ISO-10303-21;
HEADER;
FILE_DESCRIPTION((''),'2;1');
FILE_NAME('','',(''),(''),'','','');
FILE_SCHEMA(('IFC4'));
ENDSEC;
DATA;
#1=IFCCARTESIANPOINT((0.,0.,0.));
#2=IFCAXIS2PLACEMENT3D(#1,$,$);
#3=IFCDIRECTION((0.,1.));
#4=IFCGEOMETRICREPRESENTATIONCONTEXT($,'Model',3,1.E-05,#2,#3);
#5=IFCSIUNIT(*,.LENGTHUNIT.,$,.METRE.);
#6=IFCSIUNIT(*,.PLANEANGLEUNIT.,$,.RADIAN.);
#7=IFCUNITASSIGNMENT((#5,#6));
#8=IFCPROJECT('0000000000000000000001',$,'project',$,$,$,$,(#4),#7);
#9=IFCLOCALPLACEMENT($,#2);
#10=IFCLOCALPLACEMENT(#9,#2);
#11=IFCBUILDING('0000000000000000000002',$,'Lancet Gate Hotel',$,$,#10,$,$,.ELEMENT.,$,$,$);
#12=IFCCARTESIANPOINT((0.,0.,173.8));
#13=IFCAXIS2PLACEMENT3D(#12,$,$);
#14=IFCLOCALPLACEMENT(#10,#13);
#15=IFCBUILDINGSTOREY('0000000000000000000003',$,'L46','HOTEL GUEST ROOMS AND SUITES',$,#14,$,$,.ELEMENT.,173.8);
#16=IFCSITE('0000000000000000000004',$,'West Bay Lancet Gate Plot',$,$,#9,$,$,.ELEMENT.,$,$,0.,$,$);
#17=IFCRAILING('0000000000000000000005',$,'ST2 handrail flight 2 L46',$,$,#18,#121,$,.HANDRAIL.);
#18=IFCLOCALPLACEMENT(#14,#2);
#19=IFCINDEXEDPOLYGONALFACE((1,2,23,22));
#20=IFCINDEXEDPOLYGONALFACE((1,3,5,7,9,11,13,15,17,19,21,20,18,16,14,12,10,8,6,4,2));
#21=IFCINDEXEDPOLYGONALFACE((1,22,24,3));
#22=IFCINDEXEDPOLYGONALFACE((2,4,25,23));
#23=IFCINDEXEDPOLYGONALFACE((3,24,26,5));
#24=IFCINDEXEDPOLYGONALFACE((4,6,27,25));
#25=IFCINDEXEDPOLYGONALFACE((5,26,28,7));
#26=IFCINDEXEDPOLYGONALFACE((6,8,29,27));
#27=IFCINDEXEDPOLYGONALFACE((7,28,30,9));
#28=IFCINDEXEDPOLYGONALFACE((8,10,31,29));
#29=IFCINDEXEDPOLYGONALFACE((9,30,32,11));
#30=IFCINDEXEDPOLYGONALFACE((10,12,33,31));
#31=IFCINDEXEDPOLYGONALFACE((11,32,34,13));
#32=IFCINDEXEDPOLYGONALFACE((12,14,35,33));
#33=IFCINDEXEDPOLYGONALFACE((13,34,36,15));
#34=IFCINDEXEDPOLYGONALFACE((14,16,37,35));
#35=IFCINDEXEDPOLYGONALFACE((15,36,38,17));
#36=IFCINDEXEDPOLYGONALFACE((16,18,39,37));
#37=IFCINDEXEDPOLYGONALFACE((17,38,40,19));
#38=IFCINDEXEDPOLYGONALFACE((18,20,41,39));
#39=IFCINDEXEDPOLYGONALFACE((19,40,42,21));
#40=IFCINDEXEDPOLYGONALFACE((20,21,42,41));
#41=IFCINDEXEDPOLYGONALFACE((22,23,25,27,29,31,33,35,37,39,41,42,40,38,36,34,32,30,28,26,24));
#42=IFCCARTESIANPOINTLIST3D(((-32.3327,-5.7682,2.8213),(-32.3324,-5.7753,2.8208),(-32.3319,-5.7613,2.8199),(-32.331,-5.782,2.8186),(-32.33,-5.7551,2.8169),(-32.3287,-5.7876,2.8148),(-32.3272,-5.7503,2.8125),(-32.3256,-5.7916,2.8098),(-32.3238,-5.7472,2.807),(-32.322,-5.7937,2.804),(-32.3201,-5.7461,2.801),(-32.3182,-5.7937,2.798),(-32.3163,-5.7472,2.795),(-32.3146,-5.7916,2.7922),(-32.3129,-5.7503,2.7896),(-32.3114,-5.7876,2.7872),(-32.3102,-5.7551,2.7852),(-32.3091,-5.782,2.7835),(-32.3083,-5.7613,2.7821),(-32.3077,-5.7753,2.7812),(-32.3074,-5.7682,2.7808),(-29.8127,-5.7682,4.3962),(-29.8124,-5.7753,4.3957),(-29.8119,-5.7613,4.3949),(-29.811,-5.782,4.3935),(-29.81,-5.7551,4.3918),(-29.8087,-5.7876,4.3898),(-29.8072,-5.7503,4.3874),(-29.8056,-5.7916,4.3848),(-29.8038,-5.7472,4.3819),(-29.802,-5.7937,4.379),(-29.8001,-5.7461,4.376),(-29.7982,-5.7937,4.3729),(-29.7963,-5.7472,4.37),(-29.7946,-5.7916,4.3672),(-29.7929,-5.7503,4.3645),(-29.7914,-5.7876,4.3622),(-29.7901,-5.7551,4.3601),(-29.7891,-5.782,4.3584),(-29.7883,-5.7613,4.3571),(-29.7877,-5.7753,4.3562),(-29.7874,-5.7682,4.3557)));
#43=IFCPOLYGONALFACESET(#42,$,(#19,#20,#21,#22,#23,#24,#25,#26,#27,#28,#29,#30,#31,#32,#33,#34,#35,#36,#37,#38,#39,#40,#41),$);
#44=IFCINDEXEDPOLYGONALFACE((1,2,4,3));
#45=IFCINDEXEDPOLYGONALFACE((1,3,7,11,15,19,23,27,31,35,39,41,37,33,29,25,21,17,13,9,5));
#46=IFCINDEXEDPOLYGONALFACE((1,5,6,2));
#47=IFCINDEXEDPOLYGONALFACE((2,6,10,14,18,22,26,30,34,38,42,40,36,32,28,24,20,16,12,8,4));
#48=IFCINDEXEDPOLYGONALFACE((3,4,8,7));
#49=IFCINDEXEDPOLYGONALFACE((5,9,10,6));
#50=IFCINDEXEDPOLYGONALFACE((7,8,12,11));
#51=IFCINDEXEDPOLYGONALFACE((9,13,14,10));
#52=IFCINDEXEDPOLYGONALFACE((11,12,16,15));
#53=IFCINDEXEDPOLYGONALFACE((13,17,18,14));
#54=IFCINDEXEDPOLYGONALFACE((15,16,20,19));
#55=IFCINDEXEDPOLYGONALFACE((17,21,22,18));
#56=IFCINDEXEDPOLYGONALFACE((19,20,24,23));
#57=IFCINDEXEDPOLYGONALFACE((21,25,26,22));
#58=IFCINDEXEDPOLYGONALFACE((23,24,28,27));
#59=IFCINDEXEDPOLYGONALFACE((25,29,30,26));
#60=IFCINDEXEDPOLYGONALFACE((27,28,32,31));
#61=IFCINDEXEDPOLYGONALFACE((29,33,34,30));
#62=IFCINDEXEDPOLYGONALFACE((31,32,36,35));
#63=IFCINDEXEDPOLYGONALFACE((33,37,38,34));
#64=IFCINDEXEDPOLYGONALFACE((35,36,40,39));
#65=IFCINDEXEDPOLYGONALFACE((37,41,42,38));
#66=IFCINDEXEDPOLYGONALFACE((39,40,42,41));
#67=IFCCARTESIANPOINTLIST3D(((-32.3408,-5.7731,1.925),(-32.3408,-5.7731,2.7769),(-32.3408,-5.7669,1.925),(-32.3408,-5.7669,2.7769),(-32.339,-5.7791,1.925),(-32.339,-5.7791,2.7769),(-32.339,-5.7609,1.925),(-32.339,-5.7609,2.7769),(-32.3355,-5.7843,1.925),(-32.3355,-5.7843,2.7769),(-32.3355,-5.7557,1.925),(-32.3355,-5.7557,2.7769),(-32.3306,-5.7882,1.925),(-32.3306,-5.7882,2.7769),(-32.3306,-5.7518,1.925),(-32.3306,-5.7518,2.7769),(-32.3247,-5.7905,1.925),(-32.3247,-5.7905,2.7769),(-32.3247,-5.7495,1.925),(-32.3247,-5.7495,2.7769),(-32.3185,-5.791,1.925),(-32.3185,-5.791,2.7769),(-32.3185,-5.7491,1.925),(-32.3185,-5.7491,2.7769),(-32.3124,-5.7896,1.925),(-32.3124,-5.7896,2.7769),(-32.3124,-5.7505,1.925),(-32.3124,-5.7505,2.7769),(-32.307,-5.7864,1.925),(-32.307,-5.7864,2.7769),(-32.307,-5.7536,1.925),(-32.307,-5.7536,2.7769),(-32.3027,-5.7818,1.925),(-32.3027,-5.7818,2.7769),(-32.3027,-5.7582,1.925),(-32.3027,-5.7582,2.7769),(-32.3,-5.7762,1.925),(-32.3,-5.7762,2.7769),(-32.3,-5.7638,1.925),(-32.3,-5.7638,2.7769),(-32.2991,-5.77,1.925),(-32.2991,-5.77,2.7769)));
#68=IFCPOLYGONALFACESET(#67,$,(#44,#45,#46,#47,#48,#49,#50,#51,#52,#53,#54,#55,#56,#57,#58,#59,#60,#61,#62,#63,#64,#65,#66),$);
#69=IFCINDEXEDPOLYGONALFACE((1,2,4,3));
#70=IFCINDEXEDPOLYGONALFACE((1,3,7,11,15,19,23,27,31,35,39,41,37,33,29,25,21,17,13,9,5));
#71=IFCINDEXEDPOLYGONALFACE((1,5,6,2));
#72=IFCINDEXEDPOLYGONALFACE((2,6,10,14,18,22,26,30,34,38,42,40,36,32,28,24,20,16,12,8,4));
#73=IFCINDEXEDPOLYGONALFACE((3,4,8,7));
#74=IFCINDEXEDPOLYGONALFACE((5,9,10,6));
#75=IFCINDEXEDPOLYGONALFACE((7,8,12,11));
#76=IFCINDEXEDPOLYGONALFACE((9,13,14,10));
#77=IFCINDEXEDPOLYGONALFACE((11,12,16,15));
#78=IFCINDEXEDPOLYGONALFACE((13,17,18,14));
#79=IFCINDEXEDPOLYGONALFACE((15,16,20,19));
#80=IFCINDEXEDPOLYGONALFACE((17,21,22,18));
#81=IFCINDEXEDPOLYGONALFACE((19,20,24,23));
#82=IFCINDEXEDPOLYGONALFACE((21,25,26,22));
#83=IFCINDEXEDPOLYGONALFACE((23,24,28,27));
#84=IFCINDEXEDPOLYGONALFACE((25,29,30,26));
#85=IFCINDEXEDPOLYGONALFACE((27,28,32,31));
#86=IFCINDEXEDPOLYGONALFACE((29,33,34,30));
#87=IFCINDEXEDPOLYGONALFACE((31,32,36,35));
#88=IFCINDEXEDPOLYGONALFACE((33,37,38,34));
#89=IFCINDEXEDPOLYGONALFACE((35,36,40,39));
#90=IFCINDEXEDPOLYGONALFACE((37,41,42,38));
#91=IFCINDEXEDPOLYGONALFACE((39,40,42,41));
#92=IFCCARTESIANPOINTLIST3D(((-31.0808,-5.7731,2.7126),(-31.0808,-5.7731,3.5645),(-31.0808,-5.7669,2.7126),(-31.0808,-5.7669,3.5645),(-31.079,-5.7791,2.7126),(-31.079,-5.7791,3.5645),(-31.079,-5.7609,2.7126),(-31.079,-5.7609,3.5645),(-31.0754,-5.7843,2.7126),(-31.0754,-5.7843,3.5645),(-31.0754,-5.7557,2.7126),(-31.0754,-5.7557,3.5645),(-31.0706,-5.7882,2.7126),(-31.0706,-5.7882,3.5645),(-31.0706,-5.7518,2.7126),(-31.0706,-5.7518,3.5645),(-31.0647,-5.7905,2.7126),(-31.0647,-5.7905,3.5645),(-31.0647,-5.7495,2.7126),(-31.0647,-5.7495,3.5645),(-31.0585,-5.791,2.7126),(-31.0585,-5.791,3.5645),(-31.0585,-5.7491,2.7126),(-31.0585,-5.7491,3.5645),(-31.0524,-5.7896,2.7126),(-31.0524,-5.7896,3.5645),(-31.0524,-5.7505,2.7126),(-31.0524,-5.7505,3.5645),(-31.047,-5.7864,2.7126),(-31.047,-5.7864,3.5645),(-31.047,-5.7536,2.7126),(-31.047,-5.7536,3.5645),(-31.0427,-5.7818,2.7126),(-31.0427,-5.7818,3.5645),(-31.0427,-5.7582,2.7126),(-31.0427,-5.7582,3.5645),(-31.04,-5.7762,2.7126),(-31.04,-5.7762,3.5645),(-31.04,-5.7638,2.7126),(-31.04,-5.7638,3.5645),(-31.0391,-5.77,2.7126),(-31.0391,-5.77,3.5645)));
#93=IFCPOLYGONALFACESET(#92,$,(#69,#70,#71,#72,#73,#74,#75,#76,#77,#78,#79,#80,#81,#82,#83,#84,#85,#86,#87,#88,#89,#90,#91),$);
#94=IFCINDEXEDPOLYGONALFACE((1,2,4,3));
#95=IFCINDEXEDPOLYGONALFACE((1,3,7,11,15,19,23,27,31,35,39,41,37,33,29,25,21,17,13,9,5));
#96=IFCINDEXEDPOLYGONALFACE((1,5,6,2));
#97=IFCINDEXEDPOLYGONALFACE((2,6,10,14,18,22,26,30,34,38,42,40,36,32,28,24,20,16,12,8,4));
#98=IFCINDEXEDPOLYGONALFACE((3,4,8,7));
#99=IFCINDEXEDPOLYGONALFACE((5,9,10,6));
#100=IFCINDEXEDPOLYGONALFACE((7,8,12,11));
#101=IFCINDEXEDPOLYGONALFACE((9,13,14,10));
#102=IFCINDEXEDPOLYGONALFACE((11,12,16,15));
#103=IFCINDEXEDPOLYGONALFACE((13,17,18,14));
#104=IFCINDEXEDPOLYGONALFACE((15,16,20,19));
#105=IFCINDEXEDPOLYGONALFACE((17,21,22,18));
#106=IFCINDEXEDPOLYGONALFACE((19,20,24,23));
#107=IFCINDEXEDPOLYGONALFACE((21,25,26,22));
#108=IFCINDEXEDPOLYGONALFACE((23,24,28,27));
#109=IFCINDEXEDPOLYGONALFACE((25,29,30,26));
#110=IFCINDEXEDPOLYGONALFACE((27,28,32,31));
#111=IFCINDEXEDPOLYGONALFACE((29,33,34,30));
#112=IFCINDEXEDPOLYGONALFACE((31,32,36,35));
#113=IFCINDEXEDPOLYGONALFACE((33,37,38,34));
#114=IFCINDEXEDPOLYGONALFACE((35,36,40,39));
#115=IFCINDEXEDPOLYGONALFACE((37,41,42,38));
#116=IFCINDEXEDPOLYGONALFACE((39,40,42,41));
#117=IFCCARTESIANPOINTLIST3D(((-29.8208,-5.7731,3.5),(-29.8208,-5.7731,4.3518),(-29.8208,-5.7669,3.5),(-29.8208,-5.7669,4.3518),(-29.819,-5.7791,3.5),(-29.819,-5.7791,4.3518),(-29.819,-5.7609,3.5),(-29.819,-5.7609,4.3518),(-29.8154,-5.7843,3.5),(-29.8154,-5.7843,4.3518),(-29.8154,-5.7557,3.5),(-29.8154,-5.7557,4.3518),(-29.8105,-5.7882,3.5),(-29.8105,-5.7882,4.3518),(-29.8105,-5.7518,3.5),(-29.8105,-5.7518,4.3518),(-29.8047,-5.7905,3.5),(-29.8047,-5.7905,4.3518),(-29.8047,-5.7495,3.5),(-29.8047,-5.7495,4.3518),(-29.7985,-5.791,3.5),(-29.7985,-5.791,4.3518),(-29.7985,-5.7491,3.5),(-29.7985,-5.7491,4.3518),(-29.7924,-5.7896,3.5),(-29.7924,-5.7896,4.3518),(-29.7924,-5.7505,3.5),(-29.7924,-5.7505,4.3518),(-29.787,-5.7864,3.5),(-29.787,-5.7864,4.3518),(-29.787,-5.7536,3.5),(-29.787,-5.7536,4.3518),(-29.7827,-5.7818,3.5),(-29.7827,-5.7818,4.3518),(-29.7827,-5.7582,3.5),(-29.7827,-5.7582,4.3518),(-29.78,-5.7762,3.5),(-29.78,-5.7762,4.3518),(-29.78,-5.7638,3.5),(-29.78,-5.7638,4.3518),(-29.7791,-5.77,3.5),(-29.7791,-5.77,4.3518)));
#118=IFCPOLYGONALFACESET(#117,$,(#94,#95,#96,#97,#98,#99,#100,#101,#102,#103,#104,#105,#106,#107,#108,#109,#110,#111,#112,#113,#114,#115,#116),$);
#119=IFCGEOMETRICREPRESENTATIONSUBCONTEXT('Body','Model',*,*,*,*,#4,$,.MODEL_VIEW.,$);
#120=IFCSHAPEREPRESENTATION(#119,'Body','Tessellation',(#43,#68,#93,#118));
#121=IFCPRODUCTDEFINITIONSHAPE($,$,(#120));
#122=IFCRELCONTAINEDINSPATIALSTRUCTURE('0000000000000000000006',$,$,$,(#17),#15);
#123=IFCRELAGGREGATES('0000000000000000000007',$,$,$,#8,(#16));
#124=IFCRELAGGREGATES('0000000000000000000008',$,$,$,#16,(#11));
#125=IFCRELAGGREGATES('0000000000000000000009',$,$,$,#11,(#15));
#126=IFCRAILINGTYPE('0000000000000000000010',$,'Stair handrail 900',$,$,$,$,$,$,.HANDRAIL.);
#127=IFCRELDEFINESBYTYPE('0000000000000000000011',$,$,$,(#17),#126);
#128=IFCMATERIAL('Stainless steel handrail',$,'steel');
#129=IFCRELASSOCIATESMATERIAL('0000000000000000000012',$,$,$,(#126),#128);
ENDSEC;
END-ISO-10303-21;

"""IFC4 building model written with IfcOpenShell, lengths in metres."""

from ifc_helpers import new_model, si_unit, direction, frame, origin, origin_2d, place, context, subcontext, project, spatial, circle, extrude, material, type_object, element, save


model = new_model("IFC4")

# Units and contexts
model_context = context("Model", 3, precision=1e-05, world=origin(), true_north=direction((0.0, 1.0)))
body_context = subcontext(model_context, "Body", "Model", "MODEL_VIEW")
ifc_project = project(units=[si_unit("LENGTHUNIT", "METRE"), si_unit("PLANEANGLEUNIT", "RADIAN")], contexts=[model_context])

# Site, building, storey
site_placement = place(None, origin())
site = spatial("IfcSite", under=ifc_project, at=site_placement, Name="West Bay Lancet Gate Plot", CompositionType="ELEMENT", RefElevation=0.0)
building_placement = place(site_placement, origin())
building = spatial("IfcBuilding", under=site, at=building_placement, Name="Lancet Gate Hotel", CompositionType="ELEMENT")
storey_placement = place(building_placement, frame((0.0, 0.0, 173.8)))
storey = spatial("IfcBuildingStorey", under=building, at=storey_placement, Name="L46", Description="HOTEL GUEST ROOMS AND SUITES", CompositionType="ELEMENT", Elevation=173.8)

# Railing
ifc_material_1 = material(Name="Stainless steel handrail", Category="steel")
railing_type = type_object("IfcRailingType", Name="Stair handrail 900", PredefinedType="HANDRAIL", material=ifc_material_1)
railing_placement = place(storey_placement, frame((-32.3201, -5.77, 1.925)))
element("IfcRailing", 1, at=railing_placement, inside=storey, type_object=railing_type, Name="ST2 handrail flight 2 L46", PredefinedType="HANDRAIL", context=body_context, shape_type="SweptSolid", body=[
    extrude(circle(Radius=0.0239, at=origin_2d()), frame((0.0, 0.0, 0.876), z_axis=(0.848008, 0.0, 0.529984), x_axis=(0.0, 1.0, 0.0)), (0.0, 0.0, 1.0), 2.9717),
    extrude(circle(Radius=0.021, at=origin_2d()), origin(), (0.0, 0.0, 1.0), 0.8518),
    extrude(circle(Radius=0.021, at=origin_2d()), frame((1.26, 0.0, 0.7876)), (0.0, 0.0, 1.0), 0.8518),
    extrude(circle(Radius=0.021, at=origin_2d()), frame((2.52, 0.0, 1.575)), (0.0, 0.0, 1.0), 0.8518),
])

save(model, "model.ifc")
